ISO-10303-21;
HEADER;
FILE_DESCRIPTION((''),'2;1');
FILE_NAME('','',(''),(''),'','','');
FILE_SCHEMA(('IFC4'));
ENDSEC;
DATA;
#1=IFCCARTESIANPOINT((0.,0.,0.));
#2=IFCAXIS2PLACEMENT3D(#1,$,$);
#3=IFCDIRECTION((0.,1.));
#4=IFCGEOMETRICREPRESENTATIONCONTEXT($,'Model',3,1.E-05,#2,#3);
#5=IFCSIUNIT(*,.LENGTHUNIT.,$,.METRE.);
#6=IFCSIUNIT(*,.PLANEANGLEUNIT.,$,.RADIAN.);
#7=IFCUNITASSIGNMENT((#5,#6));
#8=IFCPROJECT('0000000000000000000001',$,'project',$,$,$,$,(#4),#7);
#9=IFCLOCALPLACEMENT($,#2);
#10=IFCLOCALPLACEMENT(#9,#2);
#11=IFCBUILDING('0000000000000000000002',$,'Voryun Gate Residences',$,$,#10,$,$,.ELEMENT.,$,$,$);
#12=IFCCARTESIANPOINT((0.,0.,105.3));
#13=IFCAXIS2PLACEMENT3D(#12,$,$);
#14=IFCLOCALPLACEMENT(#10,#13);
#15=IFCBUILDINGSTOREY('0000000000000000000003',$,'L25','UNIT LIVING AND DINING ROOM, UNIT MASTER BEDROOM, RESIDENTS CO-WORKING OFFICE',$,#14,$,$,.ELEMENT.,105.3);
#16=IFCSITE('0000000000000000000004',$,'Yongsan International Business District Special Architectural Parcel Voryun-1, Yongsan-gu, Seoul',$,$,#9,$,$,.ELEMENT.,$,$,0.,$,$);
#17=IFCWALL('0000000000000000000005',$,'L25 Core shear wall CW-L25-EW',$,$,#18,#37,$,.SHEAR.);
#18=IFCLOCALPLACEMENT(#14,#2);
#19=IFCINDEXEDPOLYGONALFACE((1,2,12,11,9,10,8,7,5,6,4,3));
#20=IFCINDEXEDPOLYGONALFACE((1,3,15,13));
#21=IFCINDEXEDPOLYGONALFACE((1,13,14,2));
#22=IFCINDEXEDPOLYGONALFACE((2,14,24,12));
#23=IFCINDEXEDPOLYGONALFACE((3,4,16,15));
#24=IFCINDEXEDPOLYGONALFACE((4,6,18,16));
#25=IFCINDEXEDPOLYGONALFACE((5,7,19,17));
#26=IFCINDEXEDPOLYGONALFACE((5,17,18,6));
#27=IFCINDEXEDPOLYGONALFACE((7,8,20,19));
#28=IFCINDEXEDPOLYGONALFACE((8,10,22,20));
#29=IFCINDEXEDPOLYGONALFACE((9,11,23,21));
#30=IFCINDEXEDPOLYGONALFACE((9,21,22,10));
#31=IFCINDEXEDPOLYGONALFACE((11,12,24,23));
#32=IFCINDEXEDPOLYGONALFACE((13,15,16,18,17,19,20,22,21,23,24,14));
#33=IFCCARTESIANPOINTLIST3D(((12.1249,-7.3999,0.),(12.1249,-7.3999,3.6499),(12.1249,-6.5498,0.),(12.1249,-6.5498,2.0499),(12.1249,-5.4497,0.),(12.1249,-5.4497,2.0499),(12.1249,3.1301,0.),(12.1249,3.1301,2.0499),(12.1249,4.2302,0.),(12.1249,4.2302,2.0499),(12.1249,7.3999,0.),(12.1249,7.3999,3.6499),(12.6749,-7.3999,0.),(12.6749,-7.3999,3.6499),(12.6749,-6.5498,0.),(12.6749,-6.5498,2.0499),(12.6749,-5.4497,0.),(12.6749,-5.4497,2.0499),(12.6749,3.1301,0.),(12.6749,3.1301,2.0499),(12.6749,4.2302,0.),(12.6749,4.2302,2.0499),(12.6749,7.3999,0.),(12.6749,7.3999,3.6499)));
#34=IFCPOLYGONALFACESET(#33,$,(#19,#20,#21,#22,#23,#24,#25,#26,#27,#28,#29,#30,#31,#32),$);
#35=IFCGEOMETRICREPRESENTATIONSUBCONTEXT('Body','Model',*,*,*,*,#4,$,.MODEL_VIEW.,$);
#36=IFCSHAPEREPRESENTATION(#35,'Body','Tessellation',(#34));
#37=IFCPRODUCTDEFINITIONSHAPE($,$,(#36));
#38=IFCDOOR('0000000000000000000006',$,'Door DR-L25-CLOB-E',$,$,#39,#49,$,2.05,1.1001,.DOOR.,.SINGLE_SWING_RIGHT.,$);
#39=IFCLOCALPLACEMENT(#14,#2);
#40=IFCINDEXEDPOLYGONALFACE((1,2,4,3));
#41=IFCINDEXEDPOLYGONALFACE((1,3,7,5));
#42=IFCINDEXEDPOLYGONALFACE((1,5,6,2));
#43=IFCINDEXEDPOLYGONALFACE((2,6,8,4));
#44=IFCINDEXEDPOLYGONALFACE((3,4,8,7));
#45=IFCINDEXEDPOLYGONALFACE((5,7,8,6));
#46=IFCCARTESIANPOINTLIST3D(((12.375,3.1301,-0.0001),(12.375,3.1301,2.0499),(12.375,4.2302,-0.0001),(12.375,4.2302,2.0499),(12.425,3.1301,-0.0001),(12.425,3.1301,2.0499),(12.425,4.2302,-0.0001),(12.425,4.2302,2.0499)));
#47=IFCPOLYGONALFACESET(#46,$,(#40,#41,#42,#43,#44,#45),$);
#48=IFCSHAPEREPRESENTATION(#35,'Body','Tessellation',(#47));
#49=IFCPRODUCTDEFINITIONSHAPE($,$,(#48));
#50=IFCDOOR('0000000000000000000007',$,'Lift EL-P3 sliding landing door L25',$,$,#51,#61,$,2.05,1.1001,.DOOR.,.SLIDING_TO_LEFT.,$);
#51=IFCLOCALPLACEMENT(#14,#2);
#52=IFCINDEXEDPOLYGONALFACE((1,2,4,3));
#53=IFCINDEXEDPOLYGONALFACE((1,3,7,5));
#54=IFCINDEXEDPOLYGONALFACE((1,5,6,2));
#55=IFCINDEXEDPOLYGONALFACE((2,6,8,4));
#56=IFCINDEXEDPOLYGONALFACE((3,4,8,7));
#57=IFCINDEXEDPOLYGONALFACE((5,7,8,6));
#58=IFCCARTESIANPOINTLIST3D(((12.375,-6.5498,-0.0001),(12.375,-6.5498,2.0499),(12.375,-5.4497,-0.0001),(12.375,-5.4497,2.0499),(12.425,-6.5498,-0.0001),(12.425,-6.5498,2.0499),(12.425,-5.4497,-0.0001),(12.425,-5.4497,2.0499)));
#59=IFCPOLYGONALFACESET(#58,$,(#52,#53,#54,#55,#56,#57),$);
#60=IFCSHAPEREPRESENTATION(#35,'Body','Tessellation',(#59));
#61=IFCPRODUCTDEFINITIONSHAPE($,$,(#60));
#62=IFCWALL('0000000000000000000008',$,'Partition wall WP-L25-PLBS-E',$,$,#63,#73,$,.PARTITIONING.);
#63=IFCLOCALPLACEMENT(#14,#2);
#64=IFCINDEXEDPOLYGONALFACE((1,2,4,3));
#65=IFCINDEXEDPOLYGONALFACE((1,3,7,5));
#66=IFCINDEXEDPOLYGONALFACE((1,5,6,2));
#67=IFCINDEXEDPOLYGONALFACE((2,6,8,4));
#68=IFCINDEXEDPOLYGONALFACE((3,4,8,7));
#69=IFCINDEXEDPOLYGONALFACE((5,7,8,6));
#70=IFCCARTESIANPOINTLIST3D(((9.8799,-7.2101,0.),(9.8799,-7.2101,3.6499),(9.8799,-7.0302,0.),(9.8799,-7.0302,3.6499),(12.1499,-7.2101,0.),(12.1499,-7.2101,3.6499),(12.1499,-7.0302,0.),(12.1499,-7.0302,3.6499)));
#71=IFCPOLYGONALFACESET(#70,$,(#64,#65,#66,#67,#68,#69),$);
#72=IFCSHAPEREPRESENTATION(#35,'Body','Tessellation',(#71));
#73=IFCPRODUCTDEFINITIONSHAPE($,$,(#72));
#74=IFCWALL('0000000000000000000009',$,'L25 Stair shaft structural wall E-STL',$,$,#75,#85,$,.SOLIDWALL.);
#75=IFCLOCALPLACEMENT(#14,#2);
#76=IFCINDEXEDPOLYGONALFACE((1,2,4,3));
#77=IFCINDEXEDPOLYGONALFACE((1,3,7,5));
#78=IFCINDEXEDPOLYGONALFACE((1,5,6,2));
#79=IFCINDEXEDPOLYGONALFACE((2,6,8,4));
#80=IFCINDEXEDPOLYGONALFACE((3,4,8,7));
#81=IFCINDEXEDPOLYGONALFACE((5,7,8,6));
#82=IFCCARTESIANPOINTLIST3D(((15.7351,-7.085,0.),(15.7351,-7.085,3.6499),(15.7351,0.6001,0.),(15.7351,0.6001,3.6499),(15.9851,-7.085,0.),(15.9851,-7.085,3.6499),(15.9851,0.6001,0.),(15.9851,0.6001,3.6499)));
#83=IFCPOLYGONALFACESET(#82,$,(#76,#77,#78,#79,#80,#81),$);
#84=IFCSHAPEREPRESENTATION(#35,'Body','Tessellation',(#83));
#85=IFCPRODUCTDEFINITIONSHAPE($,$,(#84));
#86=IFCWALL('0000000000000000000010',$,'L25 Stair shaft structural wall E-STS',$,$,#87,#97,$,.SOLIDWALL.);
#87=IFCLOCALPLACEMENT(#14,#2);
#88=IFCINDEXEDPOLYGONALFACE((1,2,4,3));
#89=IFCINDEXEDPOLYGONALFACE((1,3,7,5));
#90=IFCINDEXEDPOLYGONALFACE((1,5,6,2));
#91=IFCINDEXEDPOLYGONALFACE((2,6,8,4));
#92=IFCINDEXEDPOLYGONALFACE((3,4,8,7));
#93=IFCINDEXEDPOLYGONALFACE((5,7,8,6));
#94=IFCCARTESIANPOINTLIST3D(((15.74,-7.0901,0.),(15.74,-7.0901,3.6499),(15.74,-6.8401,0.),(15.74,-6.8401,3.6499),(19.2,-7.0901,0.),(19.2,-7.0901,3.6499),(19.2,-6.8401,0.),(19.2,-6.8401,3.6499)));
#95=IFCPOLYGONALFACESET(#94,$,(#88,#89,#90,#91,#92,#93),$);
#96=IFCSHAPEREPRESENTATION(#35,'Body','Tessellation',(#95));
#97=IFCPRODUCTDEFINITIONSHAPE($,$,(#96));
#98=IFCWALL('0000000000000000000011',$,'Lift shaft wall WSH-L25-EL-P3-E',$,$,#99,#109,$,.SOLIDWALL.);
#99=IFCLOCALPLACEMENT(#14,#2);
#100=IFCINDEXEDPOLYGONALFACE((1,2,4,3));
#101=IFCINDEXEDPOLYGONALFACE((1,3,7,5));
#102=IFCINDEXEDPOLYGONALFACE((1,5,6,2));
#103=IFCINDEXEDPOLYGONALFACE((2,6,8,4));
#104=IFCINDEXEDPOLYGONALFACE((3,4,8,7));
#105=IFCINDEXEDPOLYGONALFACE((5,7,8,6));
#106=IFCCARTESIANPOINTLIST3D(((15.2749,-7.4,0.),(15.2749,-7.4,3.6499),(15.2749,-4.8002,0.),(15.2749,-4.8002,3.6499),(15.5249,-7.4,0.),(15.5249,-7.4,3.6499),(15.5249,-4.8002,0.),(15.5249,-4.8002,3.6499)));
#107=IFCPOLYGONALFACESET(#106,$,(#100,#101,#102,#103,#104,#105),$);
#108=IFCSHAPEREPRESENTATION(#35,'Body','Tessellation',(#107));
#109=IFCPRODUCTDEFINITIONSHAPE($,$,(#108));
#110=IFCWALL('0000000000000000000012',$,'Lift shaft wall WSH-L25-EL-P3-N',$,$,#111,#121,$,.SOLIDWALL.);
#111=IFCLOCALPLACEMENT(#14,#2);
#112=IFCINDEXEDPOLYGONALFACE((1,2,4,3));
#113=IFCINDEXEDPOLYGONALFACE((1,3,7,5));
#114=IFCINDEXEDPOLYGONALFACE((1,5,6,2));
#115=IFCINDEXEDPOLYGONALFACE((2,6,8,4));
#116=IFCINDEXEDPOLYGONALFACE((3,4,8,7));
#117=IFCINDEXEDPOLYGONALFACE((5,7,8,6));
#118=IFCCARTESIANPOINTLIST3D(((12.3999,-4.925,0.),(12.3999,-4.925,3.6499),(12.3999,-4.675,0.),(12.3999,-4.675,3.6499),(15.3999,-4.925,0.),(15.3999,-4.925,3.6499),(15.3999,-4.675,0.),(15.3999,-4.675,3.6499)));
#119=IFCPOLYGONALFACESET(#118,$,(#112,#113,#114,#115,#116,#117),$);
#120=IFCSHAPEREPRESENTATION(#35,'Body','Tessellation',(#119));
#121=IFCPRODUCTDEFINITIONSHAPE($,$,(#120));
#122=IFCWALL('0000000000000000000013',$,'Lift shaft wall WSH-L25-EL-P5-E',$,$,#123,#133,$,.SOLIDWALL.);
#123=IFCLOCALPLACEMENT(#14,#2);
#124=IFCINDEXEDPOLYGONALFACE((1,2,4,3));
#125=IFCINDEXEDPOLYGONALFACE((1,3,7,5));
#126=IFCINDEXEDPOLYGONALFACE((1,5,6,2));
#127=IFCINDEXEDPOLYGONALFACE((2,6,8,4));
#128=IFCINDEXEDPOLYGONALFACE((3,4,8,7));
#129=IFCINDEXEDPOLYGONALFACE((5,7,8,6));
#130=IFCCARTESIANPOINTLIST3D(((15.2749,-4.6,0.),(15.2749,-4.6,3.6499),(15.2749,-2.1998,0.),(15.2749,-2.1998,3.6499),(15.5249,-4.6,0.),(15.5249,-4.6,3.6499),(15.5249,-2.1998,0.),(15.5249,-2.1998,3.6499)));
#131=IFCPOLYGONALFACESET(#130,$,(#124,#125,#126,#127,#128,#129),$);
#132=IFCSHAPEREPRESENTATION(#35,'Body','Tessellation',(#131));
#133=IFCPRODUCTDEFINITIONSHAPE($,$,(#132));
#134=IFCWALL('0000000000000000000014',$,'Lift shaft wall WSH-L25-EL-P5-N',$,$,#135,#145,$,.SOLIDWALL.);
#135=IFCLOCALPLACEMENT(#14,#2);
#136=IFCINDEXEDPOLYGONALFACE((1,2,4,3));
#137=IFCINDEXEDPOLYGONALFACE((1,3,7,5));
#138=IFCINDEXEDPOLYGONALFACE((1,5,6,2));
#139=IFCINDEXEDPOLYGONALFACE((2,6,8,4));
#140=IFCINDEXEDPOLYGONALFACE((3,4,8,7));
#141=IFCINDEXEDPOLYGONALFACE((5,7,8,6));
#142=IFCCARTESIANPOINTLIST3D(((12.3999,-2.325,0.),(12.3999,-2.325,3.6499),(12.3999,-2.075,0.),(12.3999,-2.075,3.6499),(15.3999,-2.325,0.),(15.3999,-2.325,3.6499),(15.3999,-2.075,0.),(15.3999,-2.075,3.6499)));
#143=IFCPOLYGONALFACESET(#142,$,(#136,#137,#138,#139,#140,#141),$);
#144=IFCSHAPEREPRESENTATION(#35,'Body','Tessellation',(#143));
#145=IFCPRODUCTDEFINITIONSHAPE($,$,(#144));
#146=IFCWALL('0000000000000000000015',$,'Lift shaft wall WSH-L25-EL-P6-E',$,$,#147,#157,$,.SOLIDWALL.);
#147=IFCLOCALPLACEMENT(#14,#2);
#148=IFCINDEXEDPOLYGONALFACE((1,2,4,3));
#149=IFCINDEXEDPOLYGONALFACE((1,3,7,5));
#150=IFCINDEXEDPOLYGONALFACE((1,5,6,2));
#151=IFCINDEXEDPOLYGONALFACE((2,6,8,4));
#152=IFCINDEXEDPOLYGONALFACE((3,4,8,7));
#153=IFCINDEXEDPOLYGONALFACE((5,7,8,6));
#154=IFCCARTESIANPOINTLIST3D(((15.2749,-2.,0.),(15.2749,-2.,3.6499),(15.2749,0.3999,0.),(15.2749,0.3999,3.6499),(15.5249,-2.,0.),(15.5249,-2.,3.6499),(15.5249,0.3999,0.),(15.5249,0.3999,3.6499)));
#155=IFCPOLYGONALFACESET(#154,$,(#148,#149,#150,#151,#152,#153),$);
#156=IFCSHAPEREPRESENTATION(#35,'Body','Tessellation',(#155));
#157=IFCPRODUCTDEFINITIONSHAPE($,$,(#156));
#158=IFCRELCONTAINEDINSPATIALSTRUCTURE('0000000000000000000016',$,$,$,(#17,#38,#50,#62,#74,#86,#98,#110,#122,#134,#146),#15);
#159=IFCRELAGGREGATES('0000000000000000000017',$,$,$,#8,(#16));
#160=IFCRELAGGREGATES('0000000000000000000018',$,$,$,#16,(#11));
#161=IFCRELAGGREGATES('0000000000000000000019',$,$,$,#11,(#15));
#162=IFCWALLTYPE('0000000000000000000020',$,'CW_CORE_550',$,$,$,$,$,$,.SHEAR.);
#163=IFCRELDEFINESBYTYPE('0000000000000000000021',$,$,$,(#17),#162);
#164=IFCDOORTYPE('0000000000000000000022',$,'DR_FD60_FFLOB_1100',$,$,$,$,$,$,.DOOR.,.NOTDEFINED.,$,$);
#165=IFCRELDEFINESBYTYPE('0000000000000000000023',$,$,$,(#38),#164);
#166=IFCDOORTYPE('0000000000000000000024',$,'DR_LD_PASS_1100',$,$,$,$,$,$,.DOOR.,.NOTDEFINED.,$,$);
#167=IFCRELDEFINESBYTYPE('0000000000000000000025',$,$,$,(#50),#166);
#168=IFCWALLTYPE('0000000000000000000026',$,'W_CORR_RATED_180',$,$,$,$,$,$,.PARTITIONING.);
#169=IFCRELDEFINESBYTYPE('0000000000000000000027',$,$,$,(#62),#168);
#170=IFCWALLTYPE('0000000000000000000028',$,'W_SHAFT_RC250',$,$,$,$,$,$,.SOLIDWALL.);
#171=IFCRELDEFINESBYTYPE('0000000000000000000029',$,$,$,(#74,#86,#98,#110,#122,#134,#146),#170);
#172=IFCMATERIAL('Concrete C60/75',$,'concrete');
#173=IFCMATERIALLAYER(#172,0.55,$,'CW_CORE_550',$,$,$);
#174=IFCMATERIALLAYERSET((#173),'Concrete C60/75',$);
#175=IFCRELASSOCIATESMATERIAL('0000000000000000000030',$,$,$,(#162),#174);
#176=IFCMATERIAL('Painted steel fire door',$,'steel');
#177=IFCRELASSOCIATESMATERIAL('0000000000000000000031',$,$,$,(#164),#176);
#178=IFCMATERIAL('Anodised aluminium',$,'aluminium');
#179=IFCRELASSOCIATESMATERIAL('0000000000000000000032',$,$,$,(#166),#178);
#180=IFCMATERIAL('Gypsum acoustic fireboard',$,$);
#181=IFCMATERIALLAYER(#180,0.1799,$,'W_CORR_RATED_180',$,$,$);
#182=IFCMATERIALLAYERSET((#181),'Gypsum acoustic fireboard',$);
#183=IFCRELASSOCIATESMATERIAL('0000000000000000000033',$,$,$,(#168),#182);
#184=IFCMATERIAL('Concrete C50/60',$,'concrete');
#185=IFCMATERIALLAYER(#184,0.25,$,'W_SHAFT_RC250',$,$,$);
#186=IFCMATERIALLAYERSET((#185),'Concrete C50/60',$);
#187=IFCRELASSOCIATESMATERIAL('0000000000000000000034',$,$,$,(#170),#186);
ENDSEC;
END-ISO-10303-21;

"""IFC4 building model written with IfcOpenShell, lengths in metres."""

from ifc_helpers import new_model, si_unit, direction, frame, frame_2d, origin, place, context, subcontext, project, spatial, rectangle, extrude, material, layer, layer_set, type_object, element, fill, save


model = new_model("IFC4")

# Units and contexts
model_context = context("Model", 3, precision=1e-05, world=origin(), true_north=direction((0.0, 1.0)))
body_context = subcontext(model_context, "Body", "Model", "MODEL_VIEW")
ifc_project = project(units=[si_unit("LENGTHUNIT", "METRE"), si_unit("PLANEANGLEUNIT", "RADIAN")], contexts=[model_context])

# Site, building, storey
site_placement = place(None, origin())
site = spatial("IfcSite", under=ifc_project, at=site_placement, Name="Yongsan International Business District Special Architectural Parcel Voryun-1, Yongsan-gu, Seoul", CompositionType="ELEMENT", RefElevation=0.0)
building_placement = place(site_placement, origin())
building = spatial("IfcBuilding", under=site, at=building_placement, Name="Voryun Gate Residences", CompositionType="ELEMENT")
storey_placement = place(building_placement, frame((0.0, 0.0, 105.3)))
storey = spatial("IfcBuildingStorey", under=building, at=storey_placement, Name="L25", Description="UNIT LIVING AND DINING ROOM, UNIT MASTER BEDROOM, RESIDENTS CO-WORKING OFFICE", CompositionType="ELEMENT", Elevation=105.3)

# Shared definitions
ifc_material_1 = material(Name="Concrete C60/75", Category="concrete")
ifc_layer_1 = layer(ifc_material_1, 0.55, Name="CW_CORE_550")
ifc_layer_set_1 = layer_set([ifc_layer_1], Name="Concrete C60/75")
wall_type_1 = type_object("IfcWallType", Name="CW_CORE_550", PredefinedType="SHEAR", material=ifc_layer_set_1)

# Wall, openings, doors
wall_1_placement = place(storey_placement, frame((12.3999, -7.3999, 0.0), z_axis=(0.0, 0.0, 1.0), x_axis=(0.0, 1.0, 0.0)))
wall_1 = element("IfcWall", 1, at=wall_1_placement, inside=storey, type_object=wall_type_1, Name="L25 Core shear wall CW-L25-EW", PredefinedType="SHEAR", context=body_context, shape_type="SweptSolid", body=[
    extrude(rectangle(XDim=14.7998, YDim=0.55, at=frame_2d((7.3999, 0.0))), origin(), (0.0, 0.0, 1.0), 3.6499),
])
opening_1_placement = place(wall_1_placement, frame((0.8501, 0.0, 0.0)))
opening_1 = element("IfcOpeningElement", 2, at=opening_1_placement, cuts=wall_1, PredefinedType="OPENING", context=body_context, shape_type="SweptSolid", body=[
    extrude(rectangle(XDim=1.1001, YDim=2.05, at=frame_2d((0.55, 1.0249))), frame((0.0, 0.2849, 0.0), z_axis=(0.0, -1.0, 0.0), x_axis=(1.0, 0.0, 0.0)), (0.0, 0.0, 1.0), 0.5701),
])
opening_2_placement = place(wall_1_placement, frame((10.53, 0.0, 0.0)))
opening_2 = element("IfcOpeningElement", 3, at=opening_2_placement, cuts=wall_1, PredefinedType="OPENING", context=body_context, shape_type="SweptSolid", body=[
    extrude(rectangle(XDim=1.1001, YDim=2.05, at=frame_2d((0.55, 1.0249))), frame((0.0, 0.2849, 0.0), z_axis=(0.0, -1.0, 0.0), x_axis=(1.0, 0.0, 0.0)), (0.0, 0.0, 1.0), 0.5701),
])
ifc_material_2 = material(Name="Painted steel fire door", Category="steel")
door_type_1 = type_object("IfcDoorType", Name="DR_FD60_FFLOB_1100", OperationType="NOTDEFINED", PredefinedType="DOOR", material=ifc_material_2)
door_1_placement = place(opening_2_placement, origin())
door_1 = element("IfcDoor", 4, at=door_1_placement, inside=storey, type_object=door_type_1, Name="Door DR-L25-CLOB-E", OperationType="SINGLE_SWING_RIGHT", OverallHeight=2.05, OverallWidth=1.1001, PredefinedType="DOOR", context=body_context, shape_type="SweptSolid", body=[
    extrude(rectangle(XDim=1.1001, YDim=2.05, at=frame_2d((0.55, 1.0249))), frame((0.0, 0.0249, 0.0), z_axis=(0.0, -1.0, 0.0), x_axis=(1.0, 0.0, 0.0)), (0.0, 0.0, 1.0), 0.05),
])
fill(opening_2, door_1)
ifc_material_3 = material(Name="Anodised aluminium", Category="aluminium")
door_type_2 = type_object("IfcDoorType", Name="DR_LD_PASS_1100", OperationType="NOTDEFINED", PredefinedType="DOOR", material=ifc_material_3)
door_2_placement = place(opening_1_placement, origin())
door_2 = element("IfcDoor", 5, at=door_2_placement, inside=storey, type_object=door_type_2, Name="Lift EL-P3 sliding landing door L25", OperationType="SLIDING_TO_LEFT", OverallHeight=2.05, OverallWidth=1.1001, PredefinedType="DOOR", context=body_context, shape_type="SweptSolid", body=[
    extrude(rectangle(XDim=1.1001, YDim=2.05, at=frame_2d((0.55, 1.0249))), frame((0.0, 0.0249, 0.0), z_axis=(0.0, -1.0, 0.0), x_axis=(1.0, 0.0, 0.0)), (0.0, 0.0, 1.0), 0.05),
])
fill(opening_1, door_2)

# Walls
ifc_material_4 = material(Name="Gypsum acoustic fireboard")
ifc_layer_2 = layer(ifc_material_4, 0.1799, Name="W_CORR_RATED_180")
ifc_layer_set_2 = layer_set([ifc_layer_2], Name="Gypsum acoustic fireboard")
wall_type_2 = type_object("IfcWallType", Name="W_CORR_RATED_180", PredefinedType="PARTITIONING", material=ifc_layer_set_2)
wall_2_placement = place(storey_placement, frame((9.8799, -7.1201, 0.0), z_axis=(0.0, 0.0, 1.0), x_axis=(1.0, 0.0, 0.0)))
element("IfcWall", 6, at=wall_2_placement, inside=storey, type_object=wall_type_2, Name="Partition wall WP-L25-PLBS-E", PredefinedType="PARTITIONING", context=body_context, shape_type="SweptSolid", body=[
    extrude(rectangle(XDim=2.27, YDim=0.1799, at=frame_2d((1.135, 0.0))), origin(), (0.0, 0.0, 1.0), 3.6499),
])
ifc_material_5 = material(Name="Concrete C50/60", Category="concrete")
ifc_layer_3 = layer(ifc_material_5, 0.25, Name="W_SHAFT_RC250")
ifc_layer_set_3 = layer_set([ifc_layer_3], Name="Concrete C50/60")
wall_type_3 = type_object("IfcWallType", Name="W_SHAFT_RC250", PredefinedType="SOLIDWALL", material=ifc_layer_set_3)
wall_3_placement = place(storey_placement, frame((15.8601, -7.085, 0.0), z_axis=(0.0, 0.0, 1.0), x_axis=(0.0, 1.0, 0.0)))
element("IfcWall", 7, at=wall_3_placement, inside=storey, type_object=wall_type_3, Name="L25 Stair shaft structural wall E-STL", PredefinedType="SOLIDWALL", context=body_context, shape_type="SweptSolid", body=[
    extrude(rectangle(XDim=7.6851, YDim=0.25, at=frame_2d((3.8425, 0.0))), origin(), (0.0, 0.0, 1.0), 3.6499),
])
wall_4_placement = place(storey_placement, frame((15.74, -6.9651, 0.0), z_axis=(0.0, 0.0, 1.0), x_axis=(1.0, 0.0, 0.0)))
element("IfcWall", 8, at=wall_4_placement, inside=storey, type_object=wall_type_3, Name="L25 Stair shaft structural wall E-STS", PredefinedType="SOLIDWALL", context=body_context, shape_type="SweptSolid", body=[
    extrude(rectangle(XDim=3.46, YDim=0.25, at=frame_2d((1.73, 0.0))), origin(), (0.0, 0.0, 1.0), 3.6499),
])
wall_5_placement = place(storey_placement, frame((15.3999, -7.3999, 0.0), z_axis=(0.0, 0.0, 1.0), x_axis=(0.0, 1.0, 0.0)))
element("IfcWall", 9, at=wall_5_placement, inside=storey, type_object=wall_type_3, Name="Lift shaft wall WSH-L25-EL-P3-E", PredefinedType="SOLIDWALL", context=body_context, shape_type="SweptSolid", body=[
    extrude(rectangle(XDim=2.5999, YDim=0.25, at=frame_2d((1.2998, 0.0))), origin(), (0.0, 0.0, 1.0), 3.6499),
])
wall_6_placement = place(storey_placement, frame((15.3999, -4.8, 0.0), z_axis=(0.0, 0.0, 1.0), x_axis=(-1.0, 0.0, 0.0)))
element("IfcWall", 10, at=wall_6_placement, inside=storey, type_object=wall_type_3, Name="Lift shaft wall WSH-L25-EL-P3-N", PredefinedType="SOLIDWALL", context=body_context, shape_type="SweptSolid", body=[
    extrude(rectangle(XDim=3.0, YDim=0.25, at=frame_2d((1.5, 0.0))), origin(), (0.0, 0.0, 1.0), 3.6499),
])
wall_7_placement = place(storey_placement, frame((15.3999, -4.6001, 0.0), z_axis=(0.0, 0.0, 1.0), x_axis=(0.0, 1.0, 0.0)))
element("IfcWall", 11, at=wall_7_placement, inside=storey, type_object=wall_type_3, Name="Lift shaft wall WSH-L25-EL-P5-E", PredefinedType="SOLIDWALL", context=body_context, shape_type="SweptSolid", body=[
    extrude(rectangle(XDim=2.4001, YDim=0.25, at=frame_2d((1.2002, 0.0))), origin(), (0.0, 0.0, 1.0), 3.6499),
])
wall_8_placement = place(storey_placement, frame((15.3999, -2.2, 0.0), z_axis=(0.0, 0.0, 1.0), x_axis=(-1.0, 0.0, 0.0)))
element("IfcWall", 12, at=wall_8_placement, inside=storey, type_object=wall_type_3, Name="Lift shaft wall WSH-L25-EL-P5-N", PredefinedType="SOLIDWALL", context=body_context, shape_type="SweptSolid", body=[
    extrude(rectangle(XDim=3.0, YDim=0.25, at=frame_2d((1.5, 0.0))), origin(), (0.0, 0.0, 1.0), 3.6499),
])
wall_9_placement = place(storey_placement, frame((15.3999, -2.0, 0.0), z_axis=(0.0, 0.0, 1.0), x_axis=(0.0, 1.0, 0.0)))
element("IfcWall", 13, at=wall_9_placement, inside=storey, type_object=wall_type_3, Name="Lift shaft wall WSH-L25-EL-P6-E", PredefinedType="SOLIDWALL", context=body_context, shape_type="SweptSolid", body=[
    extrude(rectangle(XDim=2.3999, YDim=0.25, at=frame_2d((1.2, 0.0))), origin(), (0.0, 0.0, 1.0), 3.6499),
])

save(model, "model.ifc")
